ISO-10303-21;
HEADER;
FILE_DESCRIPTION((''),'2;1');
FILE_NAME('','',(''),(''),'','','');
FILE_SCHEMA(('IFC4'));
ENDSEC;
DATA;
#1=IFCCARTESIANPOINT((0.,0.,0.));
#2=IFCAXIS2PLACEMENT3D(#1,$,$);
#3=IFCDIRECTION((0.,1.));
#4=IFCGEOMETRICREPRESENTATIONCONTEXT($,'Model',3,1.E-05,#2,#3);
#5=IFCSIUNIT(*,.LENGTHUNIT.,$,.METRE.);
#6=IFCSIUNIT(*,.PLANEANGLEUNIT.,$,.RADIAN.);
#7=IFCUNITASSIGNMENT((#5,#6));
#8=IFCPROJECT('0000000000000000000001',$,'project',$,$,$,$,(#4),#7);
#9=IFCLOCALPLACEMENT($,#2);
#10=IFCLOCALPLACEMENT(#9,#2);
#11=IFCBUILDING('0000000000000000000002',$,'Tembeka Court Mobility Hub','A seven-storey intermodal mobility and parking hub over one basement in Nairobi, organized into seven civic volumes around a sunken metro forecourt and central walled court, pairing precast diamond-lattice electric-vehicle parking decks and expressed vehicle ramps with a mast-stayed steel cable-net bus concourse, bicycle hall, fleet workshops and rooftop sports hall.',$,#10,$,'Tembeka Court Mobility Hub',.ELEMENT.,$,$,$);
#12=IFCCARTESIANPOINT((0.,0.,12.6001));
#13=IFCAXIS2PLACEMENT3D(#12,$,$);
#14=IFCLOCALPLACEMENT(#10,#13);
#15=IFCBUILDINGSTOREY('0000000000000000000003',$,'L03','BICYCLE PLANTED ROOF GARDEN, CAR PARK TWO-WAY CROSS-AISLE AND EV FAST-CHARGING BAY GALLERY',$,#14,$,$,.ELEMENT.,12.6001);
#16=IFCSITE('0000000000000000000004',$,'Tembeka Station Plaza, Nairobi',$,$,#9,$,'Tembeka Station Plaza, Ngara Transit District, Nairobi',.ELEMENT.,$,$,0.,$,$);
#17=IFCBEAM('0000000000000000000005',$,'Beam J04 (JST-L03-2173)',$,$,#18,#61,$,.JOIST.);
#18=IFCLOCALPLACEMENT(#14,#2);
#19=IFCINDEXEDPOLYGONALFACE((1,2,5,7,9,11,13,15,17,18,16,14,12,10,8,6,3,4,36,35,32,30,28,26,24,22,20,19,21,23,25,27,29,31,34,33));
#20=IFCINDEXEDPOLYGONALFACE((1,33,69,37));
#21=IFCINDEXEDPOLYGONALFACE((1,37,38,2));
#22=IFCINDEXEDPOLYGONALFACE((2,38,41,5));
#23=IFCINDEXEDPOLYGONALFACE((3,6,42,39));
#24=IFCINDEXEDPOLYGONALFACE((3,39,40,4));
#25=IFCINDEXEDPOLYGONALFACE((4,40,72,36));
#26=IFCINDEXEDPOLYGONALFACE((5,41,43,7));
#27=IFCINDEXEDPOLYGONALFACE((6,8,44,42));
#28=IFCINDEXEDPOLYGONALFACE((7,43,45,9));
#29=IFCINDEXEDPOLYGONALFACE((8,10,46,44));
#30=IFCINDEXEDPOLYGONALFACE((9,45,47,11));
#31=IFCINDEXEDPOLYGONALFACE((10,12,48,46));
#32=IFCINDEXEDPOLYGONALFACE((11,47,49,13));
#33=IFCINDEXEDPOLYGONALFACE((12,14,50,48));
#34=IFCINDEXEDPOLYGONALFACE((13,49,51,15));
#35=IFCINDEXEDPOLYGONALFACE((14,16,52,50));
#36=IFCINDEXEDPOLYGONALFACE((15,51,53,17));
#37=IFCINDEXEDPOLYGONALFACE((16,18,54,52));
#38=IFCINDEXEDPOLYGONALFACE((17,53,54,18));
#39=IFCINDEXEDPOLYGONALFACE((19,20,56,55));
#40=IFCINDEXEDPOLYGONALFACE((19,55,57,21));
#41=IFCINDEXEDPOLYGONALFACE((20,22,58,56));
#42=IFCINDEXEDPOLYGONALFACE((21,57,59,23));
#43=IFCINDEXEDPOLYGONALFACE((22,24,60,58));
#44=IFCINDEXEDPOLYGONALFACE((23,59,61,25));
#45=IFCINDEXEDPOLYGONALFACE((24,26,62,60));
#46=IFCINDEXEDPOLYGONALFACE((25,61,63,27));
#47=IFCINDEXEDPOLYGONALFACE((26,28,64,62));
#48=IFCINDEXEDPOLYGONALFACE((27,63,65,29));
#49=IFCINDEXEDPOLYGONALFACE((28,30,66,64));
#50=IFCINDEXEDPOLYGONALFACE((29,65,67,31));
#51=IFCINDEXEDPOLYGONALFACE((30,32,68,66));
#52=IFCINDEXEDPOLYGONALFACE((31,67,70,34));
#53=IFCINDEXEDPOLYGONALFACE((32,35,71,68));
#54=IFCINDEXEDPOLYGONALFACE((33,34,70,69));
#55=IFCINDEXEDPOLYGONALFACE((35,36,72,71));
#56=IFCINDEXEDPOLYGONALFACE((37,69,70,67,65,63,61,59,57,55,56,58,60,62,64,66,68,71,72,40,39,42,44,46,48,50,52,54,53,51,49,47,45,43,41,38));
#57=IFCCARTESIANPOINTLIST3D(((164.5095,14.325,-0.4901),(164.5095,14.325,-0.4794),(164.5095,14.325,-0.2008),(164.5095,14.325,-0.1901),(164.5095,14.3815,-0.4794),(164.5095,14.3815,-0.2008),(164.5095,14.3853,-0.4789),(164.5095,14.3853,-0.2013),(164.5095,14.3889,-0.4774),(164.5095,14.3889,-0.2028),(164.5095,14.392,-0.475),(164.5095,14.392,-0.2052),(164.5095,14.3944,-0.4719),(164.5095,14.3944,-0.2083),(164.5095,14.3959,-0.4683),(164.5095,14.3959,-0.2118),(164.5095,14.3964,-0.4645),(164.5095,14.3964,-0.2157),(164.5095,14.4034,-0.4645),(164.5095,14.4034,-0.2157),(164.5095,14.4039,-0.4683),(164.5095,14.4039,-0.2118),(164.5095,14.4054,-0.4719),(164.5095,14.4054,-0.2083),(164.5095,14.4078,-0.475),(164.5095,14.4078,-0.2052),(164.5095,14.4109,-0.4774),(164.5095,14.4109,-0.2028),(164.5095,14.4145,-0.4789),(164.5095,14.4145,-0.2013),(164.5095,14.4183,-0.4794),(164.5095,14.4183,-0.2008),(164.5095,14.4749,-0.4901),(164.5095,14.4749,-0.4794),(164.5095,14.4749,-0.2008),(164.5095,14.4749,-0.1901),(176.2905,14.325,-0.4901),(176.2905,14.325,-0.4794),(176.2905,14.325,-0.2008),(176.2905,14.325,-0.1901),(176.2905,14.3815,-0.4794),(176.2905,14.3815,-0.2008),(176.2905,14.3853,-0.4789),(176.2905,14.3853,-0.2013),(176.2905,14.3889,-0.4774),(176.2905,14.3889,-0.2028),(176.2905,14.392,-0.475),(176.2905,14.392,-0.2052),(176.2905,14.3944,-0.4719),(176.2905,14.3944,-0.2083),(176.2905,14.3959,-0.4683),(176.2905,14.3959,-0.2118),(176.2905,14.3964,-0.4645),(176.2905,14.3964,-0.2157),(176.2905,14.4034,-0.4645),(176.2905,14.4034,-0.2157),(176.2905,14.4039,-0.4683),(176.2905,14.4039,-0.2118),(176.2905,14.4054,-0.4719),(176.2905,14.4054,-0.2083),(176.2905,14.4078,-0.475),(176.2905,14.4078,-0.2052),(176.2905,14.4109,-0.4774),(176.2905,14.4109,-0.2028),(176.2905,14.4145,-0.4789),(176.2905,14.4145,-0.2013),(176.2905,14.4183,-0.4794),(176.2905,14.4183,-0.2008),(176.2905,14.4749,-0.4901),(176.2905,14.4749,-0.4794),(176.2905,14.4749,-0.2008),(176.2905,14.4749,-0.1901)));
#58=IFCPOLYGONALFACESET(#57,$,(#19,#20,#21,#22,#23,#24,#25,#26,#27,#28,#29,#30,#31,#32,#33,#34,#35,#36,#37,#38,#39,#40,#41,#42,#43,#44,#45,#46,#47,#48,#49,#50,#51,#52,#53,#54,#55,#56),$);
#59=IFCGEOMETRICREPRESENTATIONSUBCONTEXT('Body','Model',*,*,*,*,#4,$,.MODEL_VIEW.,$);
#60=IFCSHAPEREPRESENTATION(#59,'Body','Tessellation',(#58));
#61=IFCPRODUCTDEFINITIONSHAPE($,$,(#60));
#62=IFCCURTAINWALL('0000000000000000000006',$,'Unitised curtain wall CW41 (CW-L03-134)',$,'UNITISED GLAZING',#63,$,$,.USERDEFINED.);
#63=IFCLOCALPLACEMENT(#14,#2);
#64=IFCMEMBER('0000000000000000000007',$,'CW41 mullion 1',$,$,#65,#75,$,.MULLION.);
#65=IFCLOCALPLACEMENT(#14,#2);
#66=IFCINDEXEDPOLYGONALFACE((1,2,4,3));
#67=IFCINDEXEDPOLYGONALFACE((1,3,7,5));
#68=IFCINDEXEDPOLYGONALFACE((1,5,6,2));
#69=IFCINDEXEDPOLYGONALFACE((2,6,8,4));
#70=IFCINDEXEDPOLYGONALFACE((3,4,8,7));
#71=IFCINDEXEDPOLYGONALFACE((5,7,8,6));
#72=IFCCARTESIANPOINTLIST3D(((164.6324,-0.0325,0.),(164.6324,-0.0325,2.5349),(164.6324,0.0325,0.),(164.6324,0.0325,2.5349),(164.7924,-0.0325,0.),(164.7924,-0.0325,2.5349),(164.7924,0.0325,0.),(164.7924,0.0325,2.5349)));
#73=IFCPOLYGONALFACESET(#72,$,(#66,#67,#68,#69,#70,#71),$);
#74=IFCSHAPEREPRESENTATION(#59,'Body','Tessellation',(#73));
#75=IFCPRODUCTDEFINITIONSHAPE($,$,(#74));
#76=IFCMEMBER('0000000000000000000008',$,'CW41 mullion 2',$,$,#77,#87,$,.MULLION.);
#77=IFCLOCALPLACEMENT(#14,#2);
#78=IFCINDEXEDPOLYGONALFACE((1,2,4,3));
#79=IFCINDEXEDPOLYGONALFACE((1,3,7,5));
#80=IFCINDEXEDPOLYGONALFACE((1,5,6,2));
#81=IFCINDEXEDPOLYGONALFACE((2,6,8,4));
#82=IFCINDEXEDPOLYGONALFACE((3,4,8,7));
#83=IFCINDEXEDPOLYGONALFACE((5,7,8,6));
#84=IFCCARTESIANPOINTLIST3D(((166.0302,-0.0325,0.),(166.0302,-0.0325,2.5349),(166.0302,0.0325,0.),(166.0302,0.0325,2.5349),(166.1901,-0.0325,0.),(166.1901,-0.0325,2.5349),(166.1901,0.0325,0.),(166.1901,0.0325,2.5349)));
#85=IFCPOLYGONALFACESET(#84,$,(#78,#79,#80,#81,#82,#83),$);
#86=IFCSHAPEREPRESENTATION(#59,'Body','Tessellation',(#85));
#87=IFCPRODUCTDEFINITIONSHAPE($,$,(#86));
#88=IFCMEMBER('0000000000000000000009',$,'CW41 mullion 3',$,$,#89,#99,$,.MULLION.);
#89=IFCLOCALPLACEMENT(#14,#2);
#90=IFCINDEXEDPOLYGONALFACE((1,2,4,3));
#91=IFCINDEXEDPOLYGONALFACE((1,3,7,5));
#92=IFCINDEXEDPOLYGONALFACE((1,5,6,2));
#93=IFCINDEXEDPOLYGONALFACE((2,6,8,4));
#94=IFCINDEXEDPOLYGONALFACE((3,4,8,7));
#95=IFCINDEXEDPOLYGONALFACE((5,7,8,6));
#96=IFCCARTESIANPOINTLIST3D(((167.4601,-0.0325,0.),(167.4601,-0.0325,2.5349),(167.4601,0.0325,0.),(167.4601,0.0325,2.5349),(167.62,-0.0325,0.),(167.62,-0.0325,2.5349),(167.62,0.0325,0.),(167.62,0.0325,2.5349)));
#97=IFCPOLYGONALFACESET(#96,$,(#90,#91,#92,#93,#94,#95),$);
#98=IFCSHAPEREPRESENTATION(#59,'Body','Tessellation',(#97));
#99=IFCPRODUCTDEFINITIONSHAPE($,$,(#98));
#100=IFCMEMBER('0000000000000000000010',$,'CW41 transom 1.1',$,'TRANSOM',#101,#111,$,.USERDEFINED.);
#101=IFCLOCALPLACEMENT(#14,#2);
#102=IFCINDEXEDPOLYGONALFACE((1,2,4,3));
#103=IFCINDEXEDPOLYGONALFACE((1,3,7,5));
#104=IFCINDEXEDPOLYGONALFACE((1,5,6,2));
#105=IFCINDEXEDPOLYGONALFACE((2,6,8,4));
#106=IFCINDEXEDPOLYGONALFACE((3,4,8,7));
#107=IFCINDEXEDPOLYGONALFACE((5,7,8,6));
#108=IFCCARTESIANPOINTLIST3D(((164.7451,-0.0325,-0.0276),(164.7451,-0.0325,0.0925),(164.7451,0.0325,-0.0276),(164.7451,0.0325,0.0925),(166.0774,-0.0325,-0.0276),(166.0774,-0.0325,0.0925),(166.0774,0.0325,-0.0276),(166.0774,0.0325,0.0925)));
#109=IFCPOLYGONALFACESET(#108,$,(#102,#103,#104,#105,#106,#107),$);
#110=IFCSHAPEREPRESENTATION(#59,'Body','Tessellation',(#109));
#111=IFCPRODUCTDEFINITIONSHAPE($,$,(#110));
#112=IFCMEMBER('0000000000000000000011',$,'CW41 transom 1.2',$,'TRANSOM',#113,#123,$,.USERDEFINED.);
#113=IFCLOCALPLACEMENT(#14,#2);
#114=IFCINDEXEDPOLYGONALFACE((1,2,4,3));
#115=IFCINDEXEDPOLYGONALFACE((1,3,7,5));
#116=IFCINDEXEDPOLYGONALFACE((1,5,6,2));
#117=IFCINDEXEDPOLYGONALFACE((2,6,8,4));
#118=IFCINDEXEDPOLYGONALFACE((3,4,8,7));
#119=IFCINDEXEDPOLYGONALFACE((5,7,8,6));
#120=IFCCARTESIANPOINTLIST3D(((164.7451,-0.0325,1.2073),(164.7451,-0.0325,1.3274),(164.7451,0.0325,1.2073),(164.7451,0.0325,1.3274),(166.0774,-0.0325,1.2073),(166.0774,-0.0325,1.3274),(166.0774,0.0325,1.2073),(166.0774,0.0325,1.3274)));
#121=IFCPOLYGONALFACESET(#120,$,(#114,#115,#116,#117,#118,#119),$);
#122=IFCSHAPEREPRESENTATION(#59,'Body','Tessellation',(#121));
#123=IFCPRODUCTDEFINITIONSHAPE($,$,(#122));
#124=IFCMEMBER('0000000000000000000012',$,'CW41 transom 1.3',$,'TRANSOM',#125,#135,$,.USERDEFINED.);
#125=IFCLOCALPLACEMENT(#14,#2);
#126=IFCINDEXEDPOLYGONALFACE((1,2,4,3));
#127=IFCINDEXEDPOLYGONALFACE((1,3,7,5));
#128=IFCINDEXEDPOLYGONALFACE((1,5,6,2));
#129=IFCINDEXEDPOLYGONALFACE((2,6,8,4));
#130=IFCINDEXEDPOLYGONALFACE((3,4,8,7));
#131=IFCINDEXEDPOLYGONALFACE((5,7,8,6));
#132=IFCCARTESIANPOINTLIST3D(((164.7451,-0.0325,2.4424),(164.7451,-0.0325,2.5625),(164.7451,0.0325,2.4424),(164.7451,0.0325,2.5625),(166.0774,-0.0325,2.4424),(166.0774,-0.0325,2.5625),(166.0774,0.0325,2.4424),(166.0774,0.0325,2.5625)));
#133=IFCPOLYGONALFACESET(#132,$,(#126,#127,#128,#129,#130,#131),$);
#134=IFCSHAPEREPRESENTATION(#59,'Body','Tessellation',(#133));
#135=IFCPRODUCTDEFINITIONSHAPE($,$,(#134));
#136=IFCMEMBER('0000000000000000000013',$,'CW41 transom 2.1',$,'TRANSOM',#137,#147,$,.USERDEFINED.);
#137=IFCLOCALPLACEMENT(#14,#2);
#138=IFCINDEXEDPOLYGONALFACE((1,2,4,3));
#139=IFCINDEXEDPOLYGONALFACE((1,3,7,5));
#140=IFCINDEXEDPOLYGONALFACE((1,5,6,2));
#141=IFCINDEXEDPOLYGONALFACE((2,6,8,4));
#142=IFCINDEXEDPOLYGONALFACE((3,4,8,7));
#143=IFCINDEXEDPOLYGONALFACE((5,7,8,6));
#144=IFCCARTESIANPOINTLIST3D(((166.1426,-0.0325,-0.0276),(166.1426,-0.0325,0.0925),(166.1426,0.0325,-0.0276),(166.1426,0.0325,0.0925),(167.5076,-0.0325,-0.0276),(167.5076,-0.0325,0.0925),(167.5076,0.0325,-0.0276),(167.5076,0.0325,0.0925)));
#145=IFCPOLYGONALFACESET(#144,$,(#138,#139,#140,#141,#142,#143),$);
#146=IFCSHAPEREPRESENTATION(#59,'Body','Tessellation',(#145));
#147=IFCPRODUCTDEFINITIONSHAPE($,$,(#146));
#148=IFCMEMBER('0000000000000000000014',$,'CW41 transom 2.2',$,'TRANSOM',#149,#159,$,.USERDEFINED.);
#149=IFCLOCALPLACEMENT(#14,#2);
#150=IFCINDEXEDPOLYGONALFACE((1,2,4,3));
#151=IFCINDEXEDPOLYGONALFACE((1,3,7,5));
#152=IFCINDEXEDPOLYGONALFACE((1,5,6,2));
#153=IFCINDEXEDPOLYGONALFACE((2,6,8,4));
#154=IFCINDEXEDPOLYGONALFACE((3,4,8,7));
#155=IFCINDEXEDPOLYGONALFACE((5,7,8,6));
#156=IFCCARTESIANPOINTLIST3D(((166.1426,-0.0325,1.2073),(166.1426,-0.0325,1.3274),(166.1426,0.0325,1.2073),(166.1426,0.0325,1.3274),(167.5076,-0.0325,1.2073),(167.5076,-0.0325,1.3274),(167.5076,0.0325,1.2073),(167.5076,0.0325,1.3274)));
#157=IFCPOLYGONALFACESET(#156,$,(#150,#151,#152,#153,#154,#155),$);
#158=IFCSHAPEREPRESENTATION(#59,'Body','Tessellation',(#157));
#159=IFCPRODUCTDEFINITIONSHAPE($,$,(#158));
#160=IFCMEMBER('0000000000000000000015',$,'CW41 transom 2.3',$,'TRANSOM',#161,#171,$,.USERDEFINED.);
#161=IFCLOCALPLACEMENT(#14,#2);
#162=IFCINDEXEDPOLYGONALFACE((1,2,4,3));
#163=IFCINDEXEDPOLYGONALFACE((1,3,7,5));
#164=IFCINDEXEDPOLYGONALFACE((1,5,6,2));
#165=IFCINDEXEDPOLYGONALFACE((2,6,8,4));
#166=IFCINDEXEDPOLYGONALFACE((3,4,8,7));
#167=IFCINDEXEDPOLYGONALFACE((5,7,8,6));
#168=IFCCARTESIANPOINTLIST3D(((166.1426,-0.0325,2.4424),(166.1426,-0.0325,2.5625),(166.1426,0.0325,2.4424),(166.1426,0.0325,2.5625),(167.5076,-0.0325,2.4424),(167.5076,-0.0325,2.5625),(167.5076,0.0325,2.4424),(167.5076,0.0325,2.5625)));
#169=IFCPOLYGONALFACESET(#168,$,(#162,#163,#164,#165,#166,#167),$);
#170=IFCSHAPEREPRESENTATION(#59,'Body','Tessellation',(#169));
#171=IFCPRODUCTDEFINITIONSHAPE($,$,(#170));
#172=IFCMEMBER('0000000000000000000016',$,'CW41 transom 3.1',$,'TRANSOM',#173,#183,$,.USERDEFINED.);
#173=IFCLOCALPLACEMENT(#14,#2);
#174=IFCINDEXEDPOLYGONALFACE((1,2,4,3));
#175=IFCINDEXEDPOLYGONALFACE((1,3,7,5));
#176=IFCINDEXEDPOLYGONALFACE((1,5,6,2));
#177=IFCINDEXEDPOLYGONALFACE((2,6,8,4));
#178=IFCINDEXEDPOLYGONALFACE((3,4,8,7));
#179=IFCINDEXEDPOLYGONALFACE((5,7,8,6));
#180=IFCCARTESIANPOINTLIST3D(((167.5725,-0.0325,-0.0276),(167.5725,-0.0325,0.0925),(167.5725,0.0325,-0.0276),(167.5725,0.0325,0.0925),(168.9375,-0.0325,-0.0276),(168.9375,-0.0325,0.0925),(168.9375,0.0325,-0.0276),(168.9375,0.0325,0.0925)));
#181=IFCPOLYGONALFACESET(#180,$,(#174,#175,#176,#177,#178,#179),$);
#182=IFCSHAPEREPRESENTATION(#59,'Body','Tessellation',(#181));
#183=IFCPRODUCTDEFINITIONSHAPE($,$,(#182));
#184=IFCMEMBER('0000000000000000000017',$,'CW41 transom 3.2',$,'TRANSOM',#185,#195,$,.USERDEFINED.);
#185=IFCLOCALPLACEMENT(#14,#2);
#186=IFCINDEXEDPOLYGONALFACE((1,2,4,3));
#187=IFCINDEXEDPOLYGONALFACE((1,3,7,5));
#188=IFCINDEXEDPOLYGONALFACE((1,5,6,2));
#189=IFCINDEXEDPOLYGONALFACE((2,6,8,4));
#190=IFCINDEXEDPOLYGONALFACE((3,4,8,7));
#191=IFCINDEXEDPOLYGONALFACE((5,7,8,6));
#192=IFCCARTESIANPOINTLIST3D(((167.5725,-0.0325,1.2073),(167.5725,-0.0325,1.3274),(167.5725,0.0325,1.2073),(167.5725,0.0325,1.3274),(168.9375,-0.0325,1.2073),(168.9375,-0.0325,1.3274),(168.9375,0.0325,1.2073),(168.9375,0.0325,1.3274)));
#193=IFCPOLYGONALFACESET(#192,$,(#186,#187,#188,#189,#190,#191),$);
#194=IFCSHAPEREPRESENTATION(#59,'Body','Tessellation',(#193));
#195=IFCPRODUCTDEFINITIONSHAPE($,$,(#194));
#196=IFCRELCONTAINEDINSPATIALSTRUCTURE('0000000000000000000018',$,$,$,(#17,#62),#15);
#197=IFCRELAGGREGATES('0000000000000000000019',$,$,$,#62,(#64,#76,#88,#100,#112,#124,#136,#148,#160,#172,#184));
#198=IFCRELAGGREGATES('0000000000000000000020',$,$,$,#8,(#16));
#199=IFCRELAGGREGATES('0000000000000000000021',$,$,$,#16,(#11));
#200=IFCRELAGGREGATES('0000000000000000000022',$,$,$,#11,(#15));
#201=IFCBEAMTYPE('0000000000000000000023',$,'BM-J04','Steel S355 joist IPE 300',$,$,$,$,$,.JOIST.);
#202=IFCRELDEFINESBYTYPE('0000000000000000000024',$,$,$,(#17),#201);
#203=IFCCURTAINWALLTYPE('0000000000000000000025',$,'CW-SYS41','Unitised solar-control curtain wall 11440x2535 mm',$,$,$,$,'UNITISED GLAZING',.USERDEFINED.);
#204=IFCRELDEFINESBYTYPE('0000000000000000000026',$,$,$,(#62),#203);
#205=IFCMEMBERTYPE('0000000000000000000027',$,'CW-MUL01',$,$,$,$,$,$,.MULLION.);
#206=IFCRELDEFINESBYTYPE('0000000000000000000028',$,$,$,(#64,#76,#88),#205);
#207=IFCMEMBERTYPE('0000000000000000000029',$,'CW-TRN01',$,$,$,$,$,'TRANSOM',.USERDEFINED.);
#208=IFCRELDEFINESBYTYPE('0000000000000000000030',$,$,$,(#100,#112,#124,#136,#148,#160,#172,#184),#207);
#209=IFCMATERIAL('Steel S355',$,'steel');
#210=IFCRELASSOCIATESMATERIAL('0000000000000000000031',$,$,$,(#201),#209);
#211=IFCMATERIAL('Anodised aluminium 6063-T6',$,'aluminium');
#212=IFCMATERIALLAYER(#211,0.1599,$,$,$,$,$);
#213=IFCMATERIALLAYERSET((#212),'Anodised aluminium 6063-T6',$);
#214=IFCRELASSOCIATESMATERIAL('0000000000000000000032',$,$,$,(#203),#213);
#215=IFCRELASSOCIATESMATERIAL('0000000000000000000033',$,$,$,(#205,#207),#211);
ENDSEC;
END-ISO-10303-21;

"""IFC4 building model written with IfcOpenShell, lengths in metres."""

from ifc_helpers import new_model, si_unit, direction, frame, origin, origin_2d, place, context, subcontext, project, spatial, rectangle, i_section, extrude, material, layer, layer_set, material_profile, profile_set, type_object, element, aggregate, save


model = new_model("IFC4")

# Units and contexts
model_context = context("Model", 3, precision=1e-05, world=origin(), true_north=direction((0.0, 1.0)))
body_context = subcontext(model_context, "Body", "Model", "MODEL_VIEW")
ifc_project = project(units=[si_unit("LENGTHUNIT", "METRE"), si_unit("PLANEANGLEUNIT", "RADIAN")], contexts=[model_context])

# Site, building, storey
site_placement = place(None, origin())
site = spatial("IfcSite", under=ifc_project, at=site_placement, Name="Tembeka Station Plaza, Nairobi", LongName="Tembeka Station Plaza, Ngara Transit District, Nairobi", CompositionType="ELEMENT", RefElevation=0.0)
building_placement = place(site_placement, origin())
building = spatial("IfcBuilding", under=site, at=building_placement, Name="Tembeka Court Mobility Hub", Description="A seven-storey intermodal mobility and parking hub over one basement in Nairobi, organized into seven civic volumes around a sunken metro forecourt and central walled court, pairing precast diamond-lattice electric-vehicle parking decks and expressed vehicle ramps with a mast-stayed steel cable-net bus concourse, bicycle hall, fleet workshops and rooftop sports hall.", LongName="Tembeka Court Mobility Hub", CompositionType="ELEMENT")
storey_placement = place(building_placement, frame((0.0, 0.0, 12.6001)))
storey = spatial("IfcBuildingStorey", under=building, at=storey_placement, Name="L03", Description="BICYCLE PLANTED ROOF GARDEN, CAR PARK TWO-WAY CROSS-AISLE AND EV FAST-CHARGING BAY GALLERY", CompositionType="ELEMENT", Elevation=12.6001)

# Shared definitions
ifc_material_1 = material(Name="Steel S355", Category="steel")

# Beam
ifc_material_profile_1 = material_profile(ifc_material_1, i_section(OverallWidth=0.1499, OverallDepth=0.3, WebThickness=0.0071, FlangeThickness=0.0107, FilletRadius=0.0149, at=origin_2d()), Name="IPE 300")
ifc_profile_set_1 = profile_set([ifc_material_profile_1], Name="Steel S355")
beam_type_1 = type_object("IfcBeamType", Name="BM-J04", Description="Steel S355 joist IPE 300", PredefinedType="JOIST", material=ifc_profile_set_1)
for number, where, z_axis, x_axis, name in (
    (1, (164.5095, 14.3999, -0.3401), (1.0, 0.0, 0.0), (0.0, 1.0, 0.0), "Beam J04 (JST-L03-2173)"),
):
    element("IfcBeam", number, at=place(storey_placement, frame(where, z_axis=z_axis, x_axis=x_axis)), inside=storey, type_object=beam_type_1, Name=name, PredefinedType="JOIST", context=body_context, shape_type="SweptSolid", body=[
        extrude(i_section(OverallWidth=0.1499, OverallDepth=0.3, WebThickness=0.0071, FlangeThickness=0.0107, FilletRadius=0.0149, at=origin_2d()), origin(), (0.0, 0.0, 1.0), 11.781),
    ])

# Curtain wall, members
ifc_material_2 = material(Name="Anodised aluminium 6063-T6", Category="aluminium")
ifc_layer_1 = layer(ifc_material_2, 0.1599)
ifc_layer_set_1 = layer_set([ifc_layer_1], Name="Anodised aluminium 6063-T6")
curtain_wall_type = type_object("IfcCurtainWallType", Name="CW-SYS41", Description="Unitised solar-control curtain wall 11440x2535 mm", ElementType="UNITISED GLAZING", PredefinedType="USERDEFINED", material=ifc_layer_set_1)
curtain_wall_placement = place(storey_placement, origin())
curtain_wall = element("IfcCurtainWall", 2, at=curtain_wall_placement, inside=storey, type_object=curtain_wall_type, Name="Unitised curtain wall CW41 (CW-L03-134)", ObjectType="UNITISED GLAZING", PredefinedType="USERDEFINED")
ifc_material_profile_2 = material_profile(ifc_material_2, rectangle(XDim=0.0649, YDim=0.1599, at=origin_2d()), Name="ALU-MUL 65x160")
ifc_profile_set_2 = profile_set([ifc_material_profile_2], Name="Anodised aluminium 6063-T6")
member_type_1 = type_object("IfcMemberType", Name="CW-MUL01", PredefinedType="MULLION", material=ifc_profile_set_2)
member_1_placement = place(storey_placement, frame((164.7124, 0.0, 0.0), z_axis=(0.0, 0.0, 1.0), x_axis=(0.0, 1.0, 0.0)))
member_1 = element("IfcMember", 3, at=member_1_placement, type_object=member_type_1, Name="CW41 mullion 1", PredefinedType="MULLION", context=body_context, shape_type="SweptSolid", body=[
    extrude(rectangle(XDim=0.0649, YDim=0.1599, at=origin_2d()), origin(), (0.0, 0.0, 1.0), 2.5349),
])
member_2_placement = place(storey_placement, frame((166.1101, 0.0, 0.0), z_axis=(0.0, 0.0, 1.0), x_axis=(0.0, 1.0, 0.0)))
member_2 = element("IfcMember", 4, at=member_2_placement, type_object=member_type_1, Name="CW41 mullion 2", PredefinedType="MULLION", context=body_context, shape_type="SweptSolid", body=[
    extrude(rectangle(XDim=0.0649, YDim=0.1599, at=origin_2d()), origin(), (0.0, 0.0, 1.0), 2.5349),
])
member_3_placement = place(storey_placement, frame((167.54, 0.0, 0.0), z_axis=(0.0, 0.0, 1.0), x_axis=(0.0, 1.0, 0.0)))
member_3 = element("IfcMember", 5, at=member_3_placement, type_object=member_type_1, Name="CW41 mullion 3", PredefinedType="MULLION", context=body_context, shape_type="SweptSolid", body=[
    extrude(rectangle(XDim=0.0649, YDim=0.1599, at=origin_2d()), origin(), (0.0, 0.0, 1.0), 2.5349),
])
ifc_material_profile_3 = material_profile(ifc_material_2, rectangle(XDim=0.0649, YDim=0.1201, at=origin_2d()), Name="ALU-TRN 65x120")
ifc_profile_set_3 = profile_set([ifc_material_profile_3], Name="Anodised aluminium 6063-T6")
member_type_2 = type_object("IfcMemberType", Name="CW-TRN01", ElementType="TRANSOM", PredefinedType="USERDEFINED", material=ifc_profile_set_3)
member_4_placement = place(storey_placement, frame((164.7451, 0.0, 0.0325), z_axis=(1.0, 0.0, 0.0), x_axis=(0.0, 1.0, 0.0)))
member_4 = element("IfcMember", 6, at=member_4_placement, type_object=member_type_2, Name="CW41 transom 1.1", ObjectType="TRANSOM", PredefinedType="USERDEFINED", context=body_context, shape_type="SweptSolid", body=[
    extrude(rectangle(XDim=0.0649, YDim=0.1201, at=origin_2d()), origin(), (0.0, 0.0, 1.0), 1.3323),
])
member_5_placement = place(storey_placement, frame((164.7451, 0.0, 1.2673), z_axis=(1.0, 0.0, 0.0), x_axis=(0.0, 1.0, 0.0)))
member_5 = element("IfcMember", 7, at=member_5_placement, type_object=member_type_2, Name="CW41 transom 1.2", ObjectType="TRANSOM", PredefinedType="USERDEFINED", context=body_context, shape_type="SweptSolid", body=[
    extrude(rectangle(XDim=0.0649, YDim=0.1201, at=origin_2d()), origin(), (0.0, 0.0, 1.0), 1.3323),
])
member_6_placement = place(storey_placement, frame((164.7451, 0.0, 2.5024), z_axis=(1.0, 0.0, 0.0), x_axis=(0.0, 1.0, 0.0)))
member_6 = element("IfcMember", 8, at=member_6_placement, type_object=member_type_2, Name="CW41 transom 1.3", ObjectType="TRANSOM", PredefinedType="USERDEFINED", context=body_context, shape_type="SweptSolid", body=[
    extrude(rectangle(XDim=0.0649, YDim=0.1201, at=origin_2d()), origin(), (0.0, 0.0, 1.0), 1.3323),
])
member_7_placement = place(storey_placement, frame((166.1426, 0.0, 0.0325), z_axis=(1.0, 0.0, 0.0), x_axis=(0.0, 1.0, 0.0)))
member_7 = element("IfcMember", 9, at=member_7_placement, type_object=member_type_2, Name="CW41 transom 2.1", ObjectType="TRANSOM", PredefinedType="USERDEFINED", context=body_context, shape_type="SweptSolid", body=[
    extrude(rectangle(XDim=0.0649, YDim=0.1201, at=origin_2d()), origin(), (0.0, 0.0, 1.0), 1.365),
])
member_8_placement = place(storey_placement, frame((166.1426, 0.0, 1.2673), z_axis=(1.0, 0.0, 0.0), x_axis=(0.0, 1.0, 0.0)))
member_8 = element("IfcMember", 10, at=member_8_placement, type_object=member_type_2, Name="CW41 transom 2.2", ObjectType="TRANSOM", PredefinedType="USERDEFINED", context=body_context, shape_type="SweptSolid", body=[
    extrude(rectangle(XDim=0.0649, YDim=0.1201, at=origin_2d()), origin(), (0.0, 0.0, 1.0), 1.365),
])
member_9_placement = place(storey_placement, frame((166.1426, 0.0, 2.5024), z_axis=(1.0, 0.0, 0.0), x_axis=(0.0, 1.0, 0.0)))
member_9 = element("IfcMember", 11, at=member_9_placement, type_object=member_type_2, Name="CW41 transom 2.3", ObjectType="TRANSOM", PredefinedType="USERDEFINED", context=body_context, shape_type="SweptSolid", body=[
    extrude(rectangle(XDim=0.0649, YDim=0.1201, at=origin_2d()), origin(), (0.0, 0.0, 1.0), 1.365),
])
member_10_placement = place(storey_placement, frame((167.5725, 0.0, 0.0325), z_axis=(1.0, 0.0, 0.0), x_axis=(0.0, 1.0, 0.0)))
member_10 = element("IfcMember", 12, at=member_10_placement, type_object=member_type_2, Name="CW41 transom 3.1", ObjectType="TRANSOM", PredefinedType="USERDEFINED", context=body_context, shape_type="SweptSolid", body=[
    extrude(rectangle(XDim=0.0649, YDim=0.1201, at=origin_2d()), origin(), (0.0, 0.0, 1.0), 1.365),
])
member_11_placement = place(storey_placement, frame((167.5725, 0.0, 1.2673), z_axis=(1.0, 0.0, 0.0), x_axis=(0.0, 1.0, 0.0)))
member_11 = element("IfcMember", 13, at=member_11_placement, type_object=member_type_2, Name="CW41 transom 3.2", ObjectType="TRANSOM", PredefinedType="USERDEFINED", context=body_context, shape_type="SweptSolid", body=[
    extrude(rectangle(XDim=0.0649, YDim=0.1201, at=origin_2d()), origin(), (0.0, 0.0, 1.0), 1.365),
])

aggregate(curtain_wall, [member_1, member_2, member_3, member_4, member_5, member_6, member_7, member_8, member_9, member_10, member_11])

save(model, "model.ifc")
